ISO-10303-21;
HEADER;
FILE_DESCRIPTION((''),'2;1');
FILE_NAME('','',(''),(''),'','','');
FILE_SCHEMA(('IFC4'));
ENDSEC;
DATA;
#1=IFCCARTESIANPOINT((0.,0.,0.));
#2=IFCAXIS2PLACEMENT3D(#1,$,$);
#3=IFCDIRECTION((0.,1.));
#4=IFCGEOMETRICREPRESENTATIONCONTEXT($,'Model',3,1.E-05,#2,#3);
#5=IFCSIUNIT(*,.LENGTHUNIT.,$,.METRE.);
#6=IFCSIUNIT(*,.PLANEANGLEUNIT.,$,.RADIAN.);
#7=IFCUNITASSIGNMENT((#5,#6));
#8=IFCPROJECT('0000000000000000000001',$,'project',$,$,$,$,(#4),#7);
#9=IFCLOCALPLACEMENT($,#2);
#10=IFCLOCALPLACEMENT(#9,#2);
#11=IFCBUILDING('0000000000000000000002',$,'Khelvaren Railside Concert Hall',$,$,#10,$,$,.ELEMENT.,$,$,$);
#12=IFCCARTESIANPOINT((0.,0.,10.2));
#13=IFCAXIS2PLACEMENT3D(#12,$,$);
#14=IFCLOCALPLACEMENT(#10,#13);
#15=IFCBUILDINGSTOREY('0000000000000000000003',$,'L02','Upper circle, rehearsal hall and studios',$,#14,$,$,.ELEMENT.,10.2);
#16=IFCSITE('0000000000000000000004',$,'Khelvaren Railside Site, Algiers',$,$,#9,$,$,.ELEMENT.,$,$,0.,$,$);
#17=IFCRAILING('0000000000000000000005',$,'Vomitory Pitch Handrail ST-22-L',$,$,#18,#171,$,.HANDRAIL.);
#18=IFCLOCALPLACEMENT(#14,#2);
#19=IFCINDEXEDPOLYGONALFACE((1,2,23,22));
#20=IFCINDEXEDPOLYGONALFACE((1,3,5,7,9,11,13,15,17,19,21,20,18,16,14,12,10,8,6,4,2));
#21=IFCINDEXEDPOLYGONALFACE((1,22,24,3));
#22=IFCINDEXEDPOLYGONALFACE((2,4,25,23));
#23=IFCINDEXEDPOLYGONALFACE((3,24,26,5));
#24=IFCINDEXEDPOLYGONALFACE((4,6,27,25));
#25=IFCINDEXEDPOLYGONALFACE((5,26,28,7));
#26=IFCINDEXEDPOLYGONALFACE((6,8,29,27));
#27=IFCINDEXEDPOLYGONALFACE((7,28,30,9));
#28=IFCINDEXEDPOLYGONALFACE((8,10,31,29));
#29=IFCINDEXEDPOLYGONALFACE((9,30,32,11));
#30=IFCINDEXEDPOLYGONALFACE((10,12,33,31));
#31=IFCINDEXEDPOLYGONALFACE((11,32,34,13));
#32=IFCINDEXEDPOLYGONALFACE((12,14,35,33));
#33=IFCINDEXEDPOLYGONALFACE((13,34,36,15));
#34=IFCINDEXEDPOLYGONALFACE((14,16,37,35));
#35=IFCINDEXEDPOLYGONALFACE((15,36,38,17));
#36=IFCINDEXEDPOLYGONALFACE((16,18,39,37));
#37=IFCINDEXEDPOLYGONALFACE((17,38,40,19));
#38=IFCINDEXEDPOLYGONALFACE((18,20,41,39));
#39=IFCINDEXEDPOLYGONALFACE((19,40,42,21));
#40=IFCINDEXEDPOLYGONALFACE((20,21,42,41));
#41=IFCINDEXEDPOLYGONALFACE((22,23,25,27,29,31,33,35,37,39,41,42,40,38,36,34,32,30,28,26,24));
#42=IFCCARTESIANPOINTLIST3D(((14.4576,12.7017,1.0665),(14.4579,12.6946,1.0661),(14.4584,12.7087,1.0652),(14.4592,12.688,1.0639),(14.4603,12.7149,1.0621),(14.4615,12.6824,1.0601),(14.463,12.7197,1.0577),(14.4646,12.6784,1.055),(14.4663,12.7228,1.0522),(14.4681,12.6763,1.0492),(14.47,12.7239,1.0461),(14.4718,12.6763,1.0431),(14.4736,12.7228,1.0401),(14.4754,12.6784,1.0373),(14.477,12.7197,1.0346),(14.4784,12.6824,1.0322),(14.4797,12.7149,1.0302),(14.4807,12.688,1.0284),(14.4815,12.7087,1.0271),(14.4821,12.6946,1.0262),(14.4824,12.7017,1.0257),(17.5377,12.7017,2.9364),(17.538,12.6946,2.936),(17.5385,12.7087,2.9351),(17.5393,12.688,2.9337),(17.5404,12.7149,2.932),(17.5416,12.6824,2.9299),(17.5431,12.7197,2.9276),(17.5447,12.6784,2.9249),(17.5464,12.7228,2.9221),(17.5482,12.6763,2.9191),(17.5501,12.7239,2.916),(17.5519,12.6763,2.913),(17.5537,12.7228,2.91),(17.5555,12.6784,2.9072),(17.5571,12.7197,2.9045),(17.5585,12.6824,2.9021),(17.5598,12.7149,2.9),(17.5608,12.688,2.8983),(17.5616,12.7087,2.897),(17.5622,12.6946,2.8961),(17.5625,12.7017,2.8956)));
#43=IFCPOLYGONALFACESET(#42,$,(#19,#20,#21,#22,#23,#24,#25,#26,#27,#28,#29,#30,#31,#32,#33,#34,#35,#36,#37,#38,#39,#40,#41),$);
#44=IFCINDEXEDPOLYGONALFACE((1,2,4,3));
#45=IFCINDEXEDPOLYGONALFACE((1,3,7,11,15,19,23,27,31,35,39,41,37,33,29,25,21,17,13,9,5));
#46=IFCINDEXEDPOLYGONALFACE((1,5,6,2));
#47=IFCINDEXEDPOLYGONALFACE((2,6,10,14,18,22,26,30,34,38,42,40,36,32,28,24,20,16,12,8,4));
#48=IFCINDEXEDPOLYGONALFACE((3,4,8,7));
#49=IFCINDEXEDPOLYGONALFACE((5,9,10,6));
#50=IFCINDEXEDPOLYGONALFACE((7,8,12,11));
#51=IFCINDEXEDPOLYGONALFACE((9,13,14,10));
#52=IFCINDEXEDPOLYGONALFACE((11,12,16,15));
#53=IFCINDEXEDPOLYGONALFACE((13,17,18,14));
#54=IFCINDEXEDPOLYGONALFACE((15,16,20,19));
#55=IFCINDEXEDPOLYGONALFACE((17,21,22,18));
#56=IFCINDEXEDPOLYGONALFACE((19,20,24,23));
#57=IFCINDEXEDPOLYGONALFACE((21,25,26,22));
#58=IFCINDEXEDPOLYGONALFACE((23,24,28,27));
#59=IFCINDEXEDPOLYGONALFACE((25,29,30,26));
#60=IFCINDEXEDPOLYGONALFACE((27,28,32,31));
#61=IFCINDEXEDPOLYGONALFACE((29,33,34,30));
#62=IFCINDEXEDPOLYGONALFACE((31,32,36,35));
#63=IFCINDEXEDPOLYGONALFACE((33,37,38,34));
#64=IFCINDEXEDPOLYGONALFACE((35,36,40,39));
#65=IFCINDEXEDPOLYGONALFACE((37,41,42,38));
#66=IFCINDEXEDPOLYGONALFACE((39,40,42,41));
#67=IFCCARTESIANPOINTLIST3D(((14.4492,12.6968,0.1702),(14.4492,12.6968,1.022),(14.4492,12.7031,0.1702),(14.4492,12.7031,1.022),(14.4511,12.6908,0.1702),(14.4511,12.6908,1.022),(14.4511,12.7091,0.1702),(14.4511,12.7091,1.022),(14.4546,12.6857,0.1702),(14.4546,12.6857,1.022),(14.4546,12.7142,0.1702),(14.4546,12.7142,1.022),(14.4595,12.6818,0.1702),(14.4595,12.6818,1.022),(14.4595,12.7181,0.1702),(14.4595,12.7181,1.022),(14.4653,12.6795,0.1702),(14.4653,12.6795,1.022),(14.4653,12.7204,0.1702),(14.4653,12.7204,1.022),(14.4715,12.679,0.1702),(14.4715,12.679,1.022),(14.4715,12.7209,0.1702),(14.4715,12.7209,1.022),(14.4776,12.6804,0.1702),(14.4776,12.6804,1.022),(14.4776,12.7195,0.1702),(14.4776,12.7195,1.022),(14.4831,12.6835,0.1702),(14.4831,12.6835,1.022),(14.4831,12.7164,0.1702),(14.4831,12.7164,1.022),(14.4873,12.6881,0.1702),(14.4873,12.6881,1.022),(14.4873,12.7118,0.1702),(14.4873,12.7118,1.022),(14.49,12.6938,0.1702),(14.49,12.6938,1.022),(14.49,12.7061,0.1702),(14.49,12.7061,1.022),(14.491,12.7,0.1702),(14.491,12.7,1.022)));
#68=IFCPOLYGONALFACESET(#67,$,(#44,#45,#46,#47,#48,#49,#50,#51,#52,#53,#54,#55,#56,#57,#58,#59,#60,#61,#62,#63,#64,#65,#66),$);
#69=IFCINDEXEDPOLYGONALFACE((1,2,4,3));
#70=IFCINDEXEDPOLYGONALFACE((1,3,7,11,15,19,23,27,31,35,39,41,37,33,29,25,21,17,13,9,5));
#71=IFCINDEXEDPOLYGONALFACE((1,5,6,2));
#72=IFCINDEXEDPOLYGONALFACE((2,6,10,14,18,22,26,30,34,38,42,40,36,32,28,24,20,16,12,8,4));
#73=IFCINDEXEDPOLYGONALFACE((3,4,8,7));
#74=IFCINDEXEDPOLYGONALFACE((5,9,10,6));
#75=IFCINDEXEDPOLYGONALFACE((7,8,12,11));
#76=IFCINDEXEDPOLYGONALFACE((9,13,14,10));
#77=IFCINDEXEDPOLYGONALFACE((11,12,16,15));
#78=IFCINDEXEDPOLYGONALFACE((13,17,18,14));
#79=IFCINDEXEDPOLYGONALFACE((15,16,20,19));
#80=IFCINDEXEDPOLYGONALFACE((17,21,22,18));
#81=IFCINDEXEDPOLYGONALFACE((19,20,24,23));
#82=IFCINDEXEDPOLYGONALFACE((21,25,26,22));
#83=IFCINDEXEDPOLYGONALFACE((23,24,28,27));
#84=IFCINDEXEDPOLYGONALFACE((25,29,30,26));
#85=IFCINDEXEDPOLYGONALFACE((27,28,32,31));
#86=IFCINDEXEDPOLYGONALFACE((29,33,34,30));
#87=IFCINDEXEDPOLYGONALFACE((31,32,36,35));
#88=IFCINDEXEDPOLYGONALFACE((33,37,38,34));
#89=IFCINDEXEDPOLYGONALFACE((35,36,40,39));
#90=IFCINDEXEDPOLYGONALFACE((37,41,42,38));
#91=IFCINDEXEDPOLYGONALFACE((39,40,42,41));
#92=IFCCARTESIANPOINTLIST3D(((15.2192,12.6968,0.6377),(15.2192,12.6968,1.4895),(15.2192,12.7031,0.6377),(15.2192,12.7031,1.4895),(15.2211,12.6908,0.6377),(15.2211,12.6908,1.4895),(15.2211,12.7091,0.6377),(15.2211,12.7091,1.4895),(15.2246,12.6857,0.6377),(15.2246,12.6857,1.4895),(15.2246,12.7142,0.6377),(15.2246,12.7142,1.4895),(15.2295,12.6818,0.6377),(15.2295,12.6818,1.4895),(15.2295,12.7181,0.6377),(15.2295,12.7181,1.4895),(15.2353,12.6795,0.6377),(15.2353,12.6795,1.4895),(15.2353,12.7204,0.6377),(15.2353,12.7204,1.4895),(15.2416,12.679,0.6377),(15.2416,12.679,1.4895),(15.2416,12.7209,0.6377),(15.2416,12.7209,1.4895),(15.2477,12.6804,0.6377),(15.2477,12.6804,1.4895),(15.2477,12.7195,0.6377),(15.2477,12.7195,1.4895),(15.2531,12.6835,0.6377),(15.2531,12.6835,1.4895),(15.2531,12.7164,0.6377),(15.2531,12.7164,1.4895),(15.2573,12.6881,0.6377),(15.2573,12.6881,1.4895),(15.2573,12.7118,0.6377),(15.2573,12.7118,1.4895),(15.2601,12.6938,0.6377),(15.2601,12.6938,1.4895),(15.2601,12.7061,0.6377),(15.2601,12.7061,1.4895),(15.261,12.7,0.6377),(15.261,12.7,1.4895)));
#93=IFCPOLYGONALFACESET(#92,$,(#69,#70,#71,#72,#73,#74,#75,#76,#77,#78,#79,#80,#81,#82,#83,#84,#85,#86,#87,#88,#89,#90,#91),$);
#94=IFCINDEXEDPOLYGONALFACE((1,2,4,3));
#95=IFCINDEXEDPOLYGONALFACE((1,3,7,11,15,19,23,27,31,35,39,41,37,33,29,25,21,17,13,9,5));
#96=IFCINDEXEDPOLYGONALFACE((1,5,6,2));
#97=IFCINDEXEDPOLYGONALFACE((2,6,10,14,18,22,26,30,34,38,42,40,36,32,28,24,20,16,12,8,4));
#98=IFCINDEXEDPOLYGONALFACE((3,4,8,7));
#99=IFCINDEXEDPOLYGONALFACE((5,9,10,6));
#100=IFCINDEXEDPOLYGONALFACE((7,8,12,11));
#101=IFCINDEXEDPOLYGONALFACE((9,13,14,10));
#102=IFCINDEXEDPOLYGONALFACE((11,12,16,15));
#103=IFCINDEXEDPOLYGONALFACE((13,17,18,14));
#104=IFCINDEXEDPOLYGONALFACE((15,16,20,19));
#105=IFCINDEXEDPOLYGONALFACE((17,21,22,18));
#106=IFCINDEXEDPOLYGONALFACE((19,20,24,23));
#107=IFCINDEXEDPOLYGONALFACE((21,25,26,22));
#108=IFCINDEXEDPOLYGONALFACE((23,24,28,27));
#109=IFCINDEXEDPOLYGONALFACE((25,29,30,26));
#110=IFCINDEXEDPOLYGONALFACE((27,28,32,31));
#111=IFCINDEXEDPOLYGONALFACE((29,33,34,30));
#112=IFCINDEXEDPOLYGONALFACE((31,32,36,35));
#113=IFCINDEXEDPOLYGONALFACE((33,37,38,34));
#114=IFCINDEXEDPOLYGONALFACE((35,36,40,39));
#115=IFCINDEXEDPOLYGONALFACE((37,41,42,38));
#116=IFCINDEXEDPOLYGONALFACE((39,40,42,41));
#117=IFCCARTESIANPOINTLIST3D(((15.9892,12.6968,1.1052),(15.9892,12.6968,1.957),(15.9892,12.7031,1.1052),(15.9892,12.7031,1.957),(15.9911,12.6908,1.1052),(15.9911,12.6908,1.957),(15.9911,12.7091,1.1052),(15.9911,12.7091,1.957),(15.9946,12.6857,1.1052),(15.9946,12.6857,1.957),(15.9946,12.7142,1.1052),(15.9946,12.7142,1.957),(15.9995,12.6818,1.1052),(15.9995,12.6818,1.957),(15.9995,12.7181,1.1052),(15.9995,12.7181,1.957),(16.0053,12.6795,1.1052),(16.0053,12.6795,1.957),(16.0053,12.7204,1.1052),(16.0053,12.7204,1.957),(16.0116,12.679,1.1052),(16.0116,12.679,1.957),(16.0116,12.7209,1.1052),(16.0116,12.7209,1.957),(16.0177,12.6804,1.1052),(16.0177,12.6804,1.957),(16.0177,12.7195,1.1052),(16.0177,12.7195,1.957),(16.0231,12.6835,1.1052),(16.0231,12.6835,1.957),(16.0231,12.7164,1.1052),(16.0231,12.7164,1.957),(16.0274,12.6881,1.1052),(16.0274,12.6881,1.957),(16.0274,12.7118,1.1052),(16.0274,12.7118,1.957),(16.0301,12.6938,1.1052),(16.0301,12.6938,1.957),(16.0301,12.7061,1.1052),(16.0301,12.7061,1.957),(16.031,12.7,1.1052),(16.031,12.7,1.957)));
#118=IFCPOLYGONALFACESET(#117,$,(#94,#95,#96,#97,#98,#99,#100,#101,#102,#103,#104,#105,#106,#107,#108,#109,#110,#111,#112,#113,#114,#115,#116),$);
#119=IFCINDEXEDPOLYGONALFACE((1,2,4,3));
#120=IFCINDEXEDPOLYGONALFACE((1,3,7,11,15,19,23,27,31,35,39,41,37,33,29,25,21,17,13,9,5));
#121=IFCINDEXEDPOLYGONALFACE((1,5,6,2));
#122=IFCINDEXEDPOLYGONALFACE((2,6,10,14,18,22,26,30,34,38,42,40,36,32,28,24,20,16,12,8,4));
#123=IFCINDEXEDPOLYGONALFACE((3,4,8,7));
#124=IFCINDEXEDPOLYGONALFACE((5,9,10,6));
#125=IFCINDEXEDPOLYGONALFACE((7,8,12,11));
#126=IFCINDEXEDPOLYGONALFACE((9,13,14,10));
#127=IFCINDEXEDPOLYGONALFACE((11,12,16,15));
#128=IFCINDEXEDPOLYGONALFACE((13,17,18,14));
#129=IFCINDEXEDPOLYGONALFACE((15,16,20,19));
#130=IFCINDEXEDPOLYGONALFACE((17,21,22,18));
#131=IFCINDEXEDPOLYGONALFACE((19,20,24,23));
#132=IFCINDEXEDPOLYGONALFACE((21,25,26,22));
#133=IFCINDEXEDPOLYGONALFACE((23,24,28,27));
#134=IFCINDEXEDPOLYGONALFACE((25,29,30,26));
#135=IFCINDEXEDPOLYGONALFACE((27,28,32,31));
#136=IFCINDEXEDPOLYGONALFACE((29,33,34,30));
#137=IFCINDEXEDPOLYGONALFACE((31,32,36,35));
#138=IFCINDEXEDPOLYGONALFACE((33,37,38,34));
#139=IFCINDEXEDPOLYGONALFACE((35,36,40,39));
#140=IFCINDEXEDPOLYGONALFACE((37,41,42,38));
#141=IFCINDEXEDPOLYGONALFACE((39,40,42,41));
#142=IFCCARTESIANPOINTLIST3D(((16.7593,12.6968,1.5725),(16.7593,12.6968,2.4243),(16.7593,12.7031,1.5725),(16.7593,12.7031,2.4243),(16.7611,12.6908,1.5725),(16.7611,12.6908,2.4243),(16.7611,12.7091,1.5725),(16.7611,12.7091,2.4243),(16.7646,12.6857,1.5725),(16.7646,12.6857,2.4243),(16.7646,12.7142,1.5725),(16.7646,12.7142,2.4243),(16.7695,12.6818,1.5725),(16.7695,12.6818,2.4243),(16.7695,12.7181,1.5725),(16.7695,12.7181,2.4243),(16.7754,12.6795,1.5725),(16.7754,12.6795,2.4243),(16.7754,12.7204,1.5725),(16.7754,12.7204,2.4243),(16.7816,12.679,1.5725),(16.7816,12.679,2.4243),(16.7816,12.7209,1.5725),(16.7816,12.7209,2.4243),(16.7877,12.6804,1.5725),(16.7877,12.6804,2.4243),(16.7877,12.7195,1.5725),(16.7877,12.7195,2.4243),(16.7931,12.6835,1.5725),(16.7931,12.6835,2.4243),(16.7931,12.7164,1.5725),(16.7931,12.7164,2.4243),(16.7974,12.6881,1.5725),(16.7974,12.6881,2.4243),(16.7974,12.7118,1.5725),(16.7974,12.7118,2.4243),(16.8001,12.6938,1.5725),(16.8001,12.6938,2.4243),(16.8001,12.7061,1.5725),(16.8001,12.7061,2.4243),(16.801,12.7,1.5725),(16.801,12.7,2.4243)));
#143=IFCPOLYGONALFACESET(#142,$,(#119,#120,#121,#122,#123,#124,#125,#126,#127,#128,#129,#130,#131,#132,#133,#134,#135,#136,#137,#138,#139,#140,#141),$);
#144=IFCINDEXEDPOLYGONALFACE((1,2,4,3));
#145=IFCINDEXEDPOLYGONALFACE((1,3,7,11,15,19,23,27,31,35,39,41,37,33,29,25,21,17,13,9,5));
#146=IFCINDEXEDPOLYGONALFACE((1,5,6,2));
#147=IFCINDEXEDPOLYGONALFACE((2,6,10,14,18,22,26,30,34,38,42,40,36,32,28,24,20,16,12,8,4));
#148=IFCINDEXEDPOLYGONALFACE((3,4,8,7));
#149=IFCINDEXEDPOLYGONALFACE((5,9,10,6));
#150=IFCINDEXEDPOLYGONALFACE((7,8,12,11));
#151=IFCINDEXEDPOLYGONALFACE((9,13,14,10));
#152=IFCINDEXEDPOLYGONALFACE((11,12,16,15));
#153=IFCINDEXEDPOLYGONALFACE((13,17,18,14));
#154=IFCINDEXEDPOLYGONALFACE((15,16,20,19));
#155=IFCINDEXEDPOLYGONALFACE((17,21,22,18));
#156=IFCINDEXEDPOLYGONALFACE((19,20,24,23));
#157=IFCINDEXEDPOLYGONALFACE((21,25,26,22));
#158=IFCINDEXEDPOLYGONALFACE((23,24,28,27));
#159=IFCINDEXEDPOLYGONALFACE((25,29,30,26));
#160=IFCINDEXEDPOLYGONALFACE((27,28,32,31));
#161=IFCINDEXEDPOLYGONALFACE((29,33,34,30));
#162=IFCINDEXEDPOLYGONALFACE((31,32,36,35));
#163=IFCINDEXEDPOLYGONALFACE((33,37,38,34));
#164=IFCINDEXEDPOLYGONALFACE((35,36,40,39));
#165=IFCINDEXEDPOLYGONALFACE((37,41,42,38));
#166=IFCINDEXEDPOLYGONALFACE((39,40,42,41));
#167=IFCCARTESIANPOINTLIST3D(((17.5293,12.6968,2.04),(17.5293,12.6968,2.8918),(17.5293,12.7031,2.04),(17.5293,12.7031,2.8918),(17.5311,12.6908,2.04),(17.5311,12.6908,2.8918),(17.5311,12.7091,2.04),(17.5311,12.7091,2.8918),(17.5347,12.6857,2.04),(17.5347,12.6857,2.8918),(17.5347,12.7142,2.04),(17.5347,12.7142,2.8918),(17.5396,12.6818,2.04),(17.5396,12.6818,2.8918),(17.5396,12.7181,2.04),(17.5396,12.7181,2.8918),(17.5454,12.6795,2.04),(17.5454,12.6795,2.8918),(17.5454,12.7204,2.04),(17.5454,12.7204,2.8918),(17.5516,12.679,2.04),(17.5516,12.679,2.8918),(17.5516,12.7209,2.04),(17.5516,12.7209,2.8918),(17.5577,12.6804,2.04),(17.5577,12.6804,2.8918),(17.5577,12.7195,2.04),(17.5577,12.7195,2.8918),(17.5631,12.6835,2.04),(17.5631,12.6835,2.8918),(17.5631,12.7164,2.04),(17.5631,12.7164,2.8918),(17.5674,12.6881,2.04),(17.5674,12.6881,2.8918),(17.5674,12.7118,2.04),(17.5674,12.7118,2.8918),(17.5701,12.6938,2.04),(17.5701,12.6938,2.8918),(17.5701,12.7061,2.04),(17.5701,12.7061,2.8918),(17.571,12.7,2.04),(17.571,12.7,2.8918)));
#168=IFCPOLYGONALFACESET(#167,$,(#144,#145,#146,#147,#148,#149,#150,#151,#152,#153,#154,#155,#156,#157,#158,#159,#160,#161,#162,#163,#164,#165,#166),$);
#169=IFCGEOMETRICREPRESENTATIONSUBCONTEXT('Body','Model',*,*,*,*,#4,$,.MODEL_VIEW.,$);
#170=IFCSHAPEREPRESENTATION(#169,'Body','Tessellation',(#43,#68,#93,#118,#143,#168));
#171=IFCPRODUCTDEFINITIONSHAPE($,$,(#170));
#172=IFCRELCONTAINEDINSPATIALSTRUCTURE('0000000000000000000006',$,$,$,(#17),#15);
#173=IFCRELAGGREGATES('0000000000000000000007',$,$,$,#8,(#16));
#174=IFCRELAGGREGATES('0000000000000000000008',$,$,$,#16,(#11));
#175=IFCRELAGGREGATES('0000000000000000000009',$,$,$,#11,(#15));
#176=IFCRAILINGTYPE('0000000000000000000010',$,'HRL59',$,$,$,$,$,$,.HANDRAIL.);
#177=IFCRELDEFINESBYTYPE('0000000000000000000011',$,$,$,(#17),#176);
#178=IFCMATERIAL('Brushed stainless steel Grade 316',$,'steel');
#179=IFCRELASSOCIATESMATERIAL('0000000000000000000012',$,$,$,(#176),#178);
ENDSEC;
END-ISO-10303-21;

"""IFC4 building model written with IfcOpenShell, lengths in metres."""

from ifc_helpers import new_model, si_unit, direction, frame, origin, origin_2d, place, context, subcontext, project, spatial, circle, extrude, material, type_object, element, save


model = new_model("IFC4")

# Units and contexts
model_context = context("Model", 3, precision=1e-05, world=origin(), true_north=direction((0.0, 1.0)))
body_context = subcontext(model_context, "Body", "Model", "MODEL_VIEW")
ifc_project = project(units=[si_unit("LENGTHUNIT", "METRE"), si_unit("PLANEANGLEUNIT", "RADIAN")], contexts=[model_context])

# Site, building, storey
site_placement = place(None, origin())
site = spatial("IfcSite", under=ifc_project, at=site_placement, Name="Khelvaren Railside Site, Algiers", CompositionType="ELEMENT", RefElevation=0.0)
building_placement = place(site_placement, origin())
building = spatial("IfcBuilding", under=site, at=building_placement, Name="Khelvaren Railside Concert Hall", CompositionType="ELEMENT")
storey_placement = place(building_placement, frame((0.0, 0.0, 10.2)))
storey = spatial("IfcBuildingStorey", under=building, at=storey_placement, Name="L02", Description="Upper circle, rehearsal hall and studios", CompositionType="ELEMENT", Elevation=10.2)

# Railing
ifc_material_1 = material(Name="Brushed stainless steel Grade 316", Category="steel")
railing_type_1 = type_object("IfcRailingType", Name="HRL59", PredefinedType="HANDRAIL", material=ifc_material_1)
for number, where, name in (
    (1, (14.47, 12.7, 0.1702), "Vomitory Pitch Handrail ST-22-L"),
):
    element("IfcRailing", number, at=place(storey_placement, frame(where)), inside=storey, type_object=railing_type_1, Name=name, PredefinedType="HANDRAIL", context=body_context, shape_type="SweptSolid", body=[
        extrude(circle(Radius=0.0239, at=origin_2d()), frame((0.0, 0.0, 0.876), z_axis=(0.854809, 0.0, 0.518943), x_axis=(0.0, 1.0, 0.0)), (0.0, 0.0, 1.0), 3.6033),
        extrude(circle(Radius=0.021, at=origin_2d()), origin(), (0.0, 0.0, 1.0), 0.8518),
        extrude(circle(Radius=0.021, at=origin_2d()), frame((0.77, 0.0, 0.4675)), (0.0, 0.0, 1.0), 0.8518),
        extrude(circle(Radius=0.021, at=origin_2d()), frame((1.54, 0.0, 0.9351)), (0.0, 0.0, 1.0), 0.8518),
        extrude(circle(Radius=0.021, at=origin_2d()), frame((2.3101, 0.0, 1.4023)), (0.0, 0.0, 1.0), 0.8518),
        extrude(circle(Radius=0.021, at=origin_2d()), frame((3.0801, 0.0, 1.8699)), (0.0, 0.0, 1.0), 0.8518),
    ])

save(model, "model.ifc")
